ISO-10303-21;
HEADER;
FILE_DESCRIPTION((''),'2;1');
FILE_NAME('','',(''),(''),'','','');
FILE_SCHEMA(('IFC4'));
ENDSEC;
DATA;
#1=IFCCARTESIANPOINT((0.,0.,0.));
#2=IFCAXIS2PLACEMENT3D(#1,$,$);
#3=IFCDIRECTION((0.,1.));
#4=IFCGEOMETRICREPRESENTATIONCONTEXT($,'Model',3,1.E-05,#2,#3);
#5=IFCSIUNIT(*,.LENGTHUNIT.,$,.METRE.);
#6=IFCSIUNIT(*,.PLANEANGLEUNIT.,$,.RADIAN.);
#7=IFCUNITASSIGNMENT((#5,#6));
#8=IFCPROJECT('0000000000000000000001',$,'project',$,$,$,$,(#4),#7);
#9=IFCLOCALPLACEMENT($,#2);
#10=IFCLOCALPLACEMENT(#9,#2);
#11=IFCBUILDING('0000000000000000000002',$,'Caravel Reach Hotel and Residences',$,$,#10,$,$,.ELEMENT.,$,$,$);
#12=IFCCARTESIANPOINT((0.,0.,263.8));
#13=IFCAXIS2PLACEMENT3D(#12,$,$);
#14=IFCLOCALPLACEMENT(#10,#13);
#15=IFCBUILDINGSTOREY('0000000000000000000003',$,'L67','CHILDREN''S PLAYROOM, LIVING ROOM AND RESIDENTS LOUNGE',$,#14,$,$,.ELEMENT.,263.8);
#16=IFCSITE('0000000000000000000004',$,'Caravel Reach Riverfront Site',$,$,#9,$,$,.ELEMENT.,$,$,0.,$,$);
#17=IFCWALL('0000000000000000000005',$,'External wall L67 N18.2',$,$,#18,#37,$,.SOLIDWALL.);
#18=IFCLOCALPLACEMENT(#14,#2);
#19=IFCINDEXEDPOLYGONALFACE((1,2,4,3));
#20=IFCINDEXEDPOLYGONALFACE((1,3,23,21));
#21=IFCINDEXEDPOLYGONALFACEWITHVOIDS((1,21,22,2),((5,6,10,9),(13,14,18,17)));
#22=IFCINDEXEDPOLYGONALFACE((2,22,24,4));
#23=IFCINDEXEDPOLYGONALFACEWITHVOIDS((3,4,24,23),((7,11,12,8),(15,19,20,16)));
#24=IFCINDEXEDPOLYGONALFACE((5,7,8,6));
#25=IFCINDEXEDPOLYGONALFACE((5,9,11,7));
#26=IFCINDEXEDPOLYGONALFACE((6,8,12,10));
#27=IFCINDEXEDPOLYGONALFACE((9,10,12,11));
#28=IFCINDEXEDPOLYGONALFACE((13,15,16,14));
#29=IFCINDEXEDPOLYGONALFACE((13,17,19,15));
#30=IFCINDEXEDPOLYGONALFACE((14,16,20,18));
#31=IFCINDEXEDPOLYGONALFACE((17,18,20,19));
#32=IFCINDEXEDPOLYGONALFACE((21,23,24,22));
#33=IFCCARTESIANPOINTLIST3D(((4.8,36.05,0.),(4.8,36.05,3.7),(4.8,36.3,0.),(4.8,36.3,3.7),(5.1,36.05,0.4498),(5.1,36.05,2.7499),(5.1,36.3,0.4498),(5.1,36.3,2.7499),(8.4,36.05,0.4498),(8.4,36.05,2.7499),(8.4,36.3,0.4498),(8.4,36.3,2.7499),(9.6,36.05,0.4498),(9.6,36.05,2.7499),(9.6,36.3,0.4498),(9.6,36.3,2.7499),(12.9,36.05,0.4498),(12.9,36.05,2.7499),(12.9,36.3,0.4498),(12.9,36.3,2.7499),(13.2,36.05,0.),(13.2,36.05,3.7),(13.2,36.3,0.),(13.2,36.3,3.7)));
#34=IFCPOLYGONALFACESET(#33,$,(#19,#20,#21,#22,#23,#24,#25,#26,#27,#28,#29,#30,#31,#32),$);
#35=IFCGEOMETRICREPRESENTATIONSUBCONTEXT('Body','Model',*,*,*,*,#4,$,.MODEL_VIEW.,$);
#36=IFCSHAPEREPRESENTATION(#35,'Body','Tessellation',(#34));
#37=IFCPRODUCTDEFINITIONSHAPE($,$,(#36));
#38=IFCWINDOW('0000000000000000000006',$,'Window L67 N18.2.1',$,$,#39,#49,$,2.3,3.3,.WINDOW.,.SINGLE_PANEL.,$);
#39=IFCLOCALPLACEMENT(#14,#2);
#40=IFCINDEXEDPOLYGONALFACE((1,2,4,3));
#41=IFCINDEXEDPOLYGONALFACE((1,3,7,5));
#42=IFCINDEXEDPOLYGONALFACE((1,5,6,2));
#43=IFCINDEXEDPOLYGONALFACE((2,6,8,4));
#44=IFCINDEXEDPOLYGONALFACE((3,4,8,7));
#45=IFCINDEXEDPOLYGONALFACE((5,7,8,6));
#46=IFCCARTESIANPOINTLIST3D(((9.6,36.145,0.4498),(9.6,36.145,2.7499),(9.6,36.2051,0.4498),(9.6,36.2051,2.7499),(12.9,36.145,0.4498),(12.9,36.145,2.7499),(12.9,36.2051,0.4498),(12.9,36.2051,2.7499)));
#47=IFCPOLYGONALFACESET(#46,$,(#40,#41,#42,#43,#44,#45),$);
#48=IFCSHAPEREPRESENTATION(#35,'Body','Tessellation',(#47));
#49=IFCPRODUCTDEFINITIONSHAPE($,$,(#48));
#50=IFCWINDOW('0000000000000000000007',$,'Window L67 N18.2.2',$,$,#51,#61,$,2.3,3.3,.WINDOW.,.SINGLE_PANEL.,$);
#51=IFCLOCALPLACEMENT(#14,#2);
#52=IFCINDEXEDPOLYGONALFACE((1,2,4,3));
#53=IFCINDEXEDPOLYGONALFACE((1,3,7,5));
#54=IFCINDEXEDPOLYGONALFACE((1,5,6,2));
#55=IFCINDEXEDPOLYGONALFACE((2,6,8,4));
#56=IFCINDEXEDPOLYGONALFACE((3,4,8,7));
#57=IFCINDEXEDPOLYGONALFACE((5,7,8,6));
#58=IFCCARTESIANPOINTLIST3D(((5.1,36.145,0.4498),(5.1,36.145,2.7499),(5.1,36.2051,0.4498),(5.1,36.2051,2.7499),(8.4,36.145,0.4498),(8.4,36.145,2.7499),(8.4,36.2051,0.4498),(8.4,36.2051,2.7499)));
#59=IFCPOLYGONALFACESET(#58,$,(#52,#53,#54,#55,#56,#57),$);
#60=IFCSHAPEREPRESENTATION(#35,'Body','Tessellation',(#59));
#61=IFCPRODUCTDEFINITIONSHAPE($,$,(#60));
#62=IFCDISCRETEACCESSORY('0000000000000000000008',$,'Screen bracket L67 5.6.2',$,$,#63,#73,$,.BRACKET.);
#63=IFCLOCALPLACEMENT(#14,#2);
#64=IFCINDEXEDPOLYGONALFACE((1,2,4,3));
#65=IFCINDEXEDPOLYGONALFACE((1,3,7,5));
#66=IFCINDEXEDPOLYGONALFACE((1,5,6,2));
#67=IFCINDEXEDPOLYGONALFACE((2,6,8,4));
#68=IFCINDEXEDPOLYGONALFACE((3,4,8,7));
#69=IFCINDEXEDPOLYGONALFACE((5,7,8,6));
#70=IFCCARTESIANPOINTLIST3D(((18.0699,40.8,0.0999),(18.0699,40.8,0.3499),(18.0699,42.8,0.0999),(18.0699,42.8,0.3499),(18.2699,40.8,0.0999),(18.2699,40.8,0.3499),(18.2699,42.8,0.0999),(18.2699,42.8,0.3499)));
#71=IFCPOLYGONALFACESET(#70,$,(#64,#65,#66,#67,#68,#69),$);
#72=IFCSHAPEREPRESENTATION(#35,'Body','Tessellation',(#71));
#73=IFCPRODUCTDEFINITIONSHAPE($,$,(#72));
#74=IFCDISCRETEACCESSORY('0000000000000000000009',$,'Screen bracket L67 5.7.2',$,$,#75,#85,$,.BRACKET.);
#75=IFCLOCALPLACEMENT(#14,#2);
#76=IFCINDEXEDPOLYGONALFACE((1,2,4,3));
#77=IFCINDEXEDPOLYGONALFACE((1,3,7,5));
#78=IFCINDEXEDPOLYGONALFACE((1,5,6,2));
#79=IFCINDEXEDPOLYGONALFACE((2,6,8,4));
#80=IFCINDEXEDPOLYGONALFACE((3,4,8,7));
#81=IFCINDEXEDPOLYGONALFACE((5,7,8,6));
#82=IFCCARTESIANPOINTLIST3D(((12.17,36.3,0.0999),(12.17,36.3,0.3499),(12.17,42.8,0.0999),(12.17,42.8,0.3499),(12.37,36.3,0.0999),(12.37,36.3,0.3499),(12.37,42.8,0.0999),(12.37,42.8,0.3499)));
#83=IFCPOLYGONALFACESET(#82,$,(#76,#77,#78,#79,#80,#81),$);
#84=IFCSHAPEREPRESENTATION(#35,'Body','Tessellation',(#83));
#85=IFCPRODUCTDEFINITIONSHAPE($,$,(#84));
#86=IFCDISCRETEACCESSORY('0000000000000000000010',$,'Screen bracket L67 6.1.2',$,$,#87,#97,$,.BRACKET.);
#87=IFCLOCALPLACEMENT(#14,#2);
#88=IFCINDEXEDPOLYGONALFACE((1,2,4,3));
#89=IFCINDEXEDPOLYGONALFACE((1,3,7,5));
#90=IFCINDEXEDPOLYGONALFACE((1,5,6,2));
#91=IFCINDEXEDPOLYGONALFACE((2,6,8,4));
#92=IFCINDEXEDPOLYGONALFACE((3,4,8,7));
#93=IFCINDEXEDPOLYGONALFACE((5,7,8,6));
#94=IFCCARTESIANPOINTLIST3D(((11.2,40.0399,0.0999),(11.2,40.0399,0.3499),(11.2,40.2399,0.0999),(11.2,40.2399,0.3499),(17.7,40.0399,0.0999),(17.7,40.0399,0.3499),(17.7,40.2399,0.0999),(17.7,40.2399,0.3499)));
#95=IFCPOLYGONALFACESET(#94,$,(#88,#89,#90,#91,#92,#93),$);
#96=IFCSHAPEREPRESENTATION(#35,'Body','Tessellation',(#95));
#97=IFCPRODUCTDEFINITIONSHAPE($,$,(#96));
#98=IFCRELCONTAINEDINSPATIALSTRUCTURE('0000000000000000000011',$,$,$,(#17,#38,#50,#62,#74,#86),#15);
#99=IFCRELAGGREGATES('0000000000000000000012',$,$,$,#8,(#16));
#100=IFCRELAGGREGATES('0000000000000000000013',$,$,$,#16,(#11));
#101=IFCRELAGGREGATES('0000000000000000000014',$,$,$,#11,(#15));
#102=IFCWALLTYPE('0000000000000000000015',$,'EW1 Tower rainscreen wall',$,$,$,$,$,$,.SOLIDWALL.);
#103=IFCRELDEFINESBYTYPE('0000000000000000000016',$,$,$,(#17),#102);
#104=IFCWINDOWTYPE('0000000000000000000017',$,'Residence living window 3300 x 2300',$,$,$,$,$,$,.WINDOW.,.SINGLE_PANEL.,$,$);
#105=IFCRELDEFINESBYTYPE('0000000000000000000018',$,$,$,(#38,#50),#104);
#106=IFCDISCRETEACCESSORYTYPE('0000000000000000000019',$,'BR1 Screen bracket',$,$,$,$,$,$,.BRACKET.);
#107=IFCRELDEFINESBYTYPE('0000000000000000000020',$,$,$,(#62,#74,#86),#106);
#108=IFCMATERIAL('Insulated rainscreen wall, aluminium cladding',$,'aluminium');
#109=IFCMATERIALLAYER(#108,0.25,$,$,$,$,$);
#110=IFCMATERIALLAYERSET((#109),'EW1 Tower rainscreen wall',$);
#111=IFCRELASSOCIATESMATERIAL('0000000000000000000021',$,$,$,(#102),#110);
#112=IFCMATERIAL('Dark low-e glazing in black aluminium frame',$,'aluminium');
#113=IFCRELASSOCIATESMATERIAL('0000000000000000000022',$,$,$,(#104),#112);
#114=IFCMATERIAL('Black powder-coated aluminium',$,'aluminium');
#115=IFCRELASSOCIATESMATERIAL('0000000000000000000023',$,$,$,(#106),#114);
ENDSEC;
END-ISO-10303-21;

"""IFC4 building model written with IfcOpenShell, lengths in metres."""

from ifc_helpers import new_model, si_unit, direction, frame, frame_2d, origin, origin_2d, place, context, subcontext, project, spatial, rectangle, extrude, material, layer, layer_set, type_object, element, fill, save


model = new_model("IFC4")

# Units and contexts
model_context = context("Model", 3, precision=1e-05, world=origin(), true_north=direction((0.0, 1.0)))
body_context = subcontext(model_context, "Body", "Model", "MODEL_VIEW")
ifc_project = project(units=[si_unit("LENGTHUNIT", "METRE"), si_unit("PLANEANGLEUNIT", "RADIAN")], contexts=[model_context])

# Site, building, storey
site_placement = place(None, origin())
site = spatial("IfcSite", under=ifc_project, at=site_placement, Name="Caravel Reach Riverfront Site", CompositionType="ELEMENT", RefElevation=0.0)
building_placement = place(site_placement, origin())
building = spatial("IfcBuilding", under=site, at=building_placement, Name="Caravel Reach Hotel and Residences", CompositionType="ELEMENT")
storey_placement = place(building_placement, frame((0.0, 0.0, 263.8)))
storey = spatial("IfcBuildingStorey", under=building, at=storey_placement, Name="L67", Description="CHILDREN'S PLAYROOM, LIVING ROOM AND RESIDENTS LOUNGE", CompositionType="ELEMENT", Elevation=263.8)

# Shared definitions
ifc_material_1 = material(Name="Insulated rainscreen wall, aluminium cladding", Category="aluminium")
ifc_layer_1 = layer(ifc_material_1, 0.25)
ifc_layer_set_1 = layer_set([ifc_layer_1], Name="EW1 Tower rainscreen wall")
wall_type_1 = type_object("IfcWallType", Name="EW1 Tower rainscreen wall", PredefinedType="SOLIDWALL", material=ifc_layer_set_1)

# Wall, openings, windows
wall_1_placement = place(storey_placement, frame((13.2, 36.175, 0.0), z_axis=(0.0, 0.0, 1.0), x_axis=(-1.0, 0.0, 0.0)))
wall_1 = element("IfcWall", 1, at=wall_1_placement, inside=storey, type_object=wall_type_1, Name="External wall L67 N18.2", PredefinedType="SOLIDWALL", context=body_context, shape_type="SweptSolid", body=[
    extrude(rectangle(XDim=8.3999, YDim=0.25, at=frame_2d((4.2, 0.0))), origin(), (0.0, 0.0, 1.0), 3.7),
])
opening_1_placement = place(wall_1_placement, frame((0.3, 0.0, 0.45)))
opening_1 = element("IfcOpeningElement", 2, at=opening_1_placement, cuts=wall_1, PredefinedType="OPENING", context=body_context, shape_type="SweptSolid", body=[
    extrude(rectangle(XDim=3.3, YDim=2.3, at=frame_2d((1.6499, 1.1499))), frame((0.0, 0.135, 0.0), z_axis=(0.0, -1.0, 0.0), x_axis=(1.0, 0.0, 0.0)), (0.0, 0.0, 1.0), 0.27),
])
opening_2_placement = place(wall_1_placement, frame((4.8, 0.0, 0.45)))
opening_2 = element("IfcOpeningElement", 3, at=opening_2_placement, cuts=wall_1, PredefinedType="OPENING", context=body_context, shape_type="SweptSolid", body=[
    extrude(rectangle(XDim=3.3, YDim=2.3, at=frame_2d((1.6499, 1.1499))), frame((0.0, 0.135, 0.0), z_axis=(0.0, -1.0, 0.0), x_axis=(1.0, 0.0, 0.0)), (0.0, 0.0, 1.0), 0.27),
])
ifc_material_2 = material(Name="Dark low-e glazing in black aluminium frame", Category="aluminium")
window_type_1 = type_object("IfcWindowType", Name="Residence living window 3300 x 2300", PartitioningType="SINGLE_PANEL", PredefinedType="WINDOW", material=ifc_material_2)
window_1_placement = place(opening_1_placement, origin())
window_1 = element("IfcWindow", 4, at=window_1_placement, inside=storey, type_object=window_type_1, Name="Window L67 N18.2.1", OverallHeight=2.3, OverallWidth=3.3, PartitioningType="SINGLE_PANEL", PredefinedType="WINDOW", context=body_context, shape_type="SweptSolid", body=[
    extrude(rectangle(XDim=3.3, YDim=2.3, at=frame_2d((1.6499, 1.1499))), frame((0.0, 0.03, 0.0), z_axis=(0.0, -1.0, 0.0), x_axis=(1.0, 0.0, 0.0)), (0.0, 0.0, 1.0), 0.0601),
])
fill(opening_1, window_1)
window_2_placement = place(opening_2_placement, origin())
window_2 = element("IfcWindow", 5, at=window_2_placement, inside=storey, type_object=window_type_1, Name="Window L67 N18.2.2", OverallHeight=2.3, OverallWidth=3.3, PartitioningType="SINGLE_PANEL", PredefinedType="WINDOW", context=body_context, shape_type="SweptSolid", body=[
    extrude(rectangle(XDim=3.3, YDim=2.3, at=frame_2d((1.6499, 1.1499))), frame((0.0, 0.03, 0.0), z_axis=(0.0, -1.0, 0.0), x_axis=(1.0, 0.0, 0.0)), (0.0, 0.0, 1.0), 0.0601),
])
fill(opening_2, window_2)

# Discrete accessories
ifc_material_3 = material(Name="Black powder-coated aluminium", Category="aluminium")
discrete_accessory_type = type_object("IfcDiscreteAccessoryType", Name="BR1 Screen bracket", PredefinedType="BRACKET", material=ifc_material_3)
discrete_accessory_placement = place(storey_placement, frame((18.1699, 41.8, 0.0999), z_axis=(0.0, 0.0, 1.0), x_axis=(0.0, 1.0, 0.0)))
element("IfcDiscreteAccessory", 6, at=discrete_accessory_placement, inside=storey, type_object=discrete_accessory_type, Name="Screen bracket L67 5.6.2", PredefinedType="BRACKET", context=body_context, shape_type="SweptSolid", body=[
    extrude(rectangle(XDim=2.0, YDim=0.2, at=origin_2d()), origin(), (0.0, 0.0, 1.0), 0.25),
])
for number, where, z_axis, x_axis, name in (
    (7, (12.27, 39.55, 0.0999), (0.0, 0.0, 1.0), (0.0, 1.0, 0.0), "Screen bracket L67 5.7.2"),
    (8, (14.45, 40.1399, 0.0999), (0.0, 0.0, 1.0), (-1.0, 0.0, 0.0), "Screen bracket L67 6.1.2"),
):
    element("IfcDiscreteAccessory", number, at=place(storey_placement, frame(where, z_axis=z_axis, x_axis=x_axis)), inside=storey, type_object=discrete_accessory_type, Name=name, PredefinedType="BRACKET", context=body_context, shape_type="SweptSolid", body=[
        extrude(rectangle(XDim=6.5, YDim=0.2, at=origin_2d()), origin(), (0.0, 0.0, 1.0), 0.25),
    ])

save(model, "model.ifc")
